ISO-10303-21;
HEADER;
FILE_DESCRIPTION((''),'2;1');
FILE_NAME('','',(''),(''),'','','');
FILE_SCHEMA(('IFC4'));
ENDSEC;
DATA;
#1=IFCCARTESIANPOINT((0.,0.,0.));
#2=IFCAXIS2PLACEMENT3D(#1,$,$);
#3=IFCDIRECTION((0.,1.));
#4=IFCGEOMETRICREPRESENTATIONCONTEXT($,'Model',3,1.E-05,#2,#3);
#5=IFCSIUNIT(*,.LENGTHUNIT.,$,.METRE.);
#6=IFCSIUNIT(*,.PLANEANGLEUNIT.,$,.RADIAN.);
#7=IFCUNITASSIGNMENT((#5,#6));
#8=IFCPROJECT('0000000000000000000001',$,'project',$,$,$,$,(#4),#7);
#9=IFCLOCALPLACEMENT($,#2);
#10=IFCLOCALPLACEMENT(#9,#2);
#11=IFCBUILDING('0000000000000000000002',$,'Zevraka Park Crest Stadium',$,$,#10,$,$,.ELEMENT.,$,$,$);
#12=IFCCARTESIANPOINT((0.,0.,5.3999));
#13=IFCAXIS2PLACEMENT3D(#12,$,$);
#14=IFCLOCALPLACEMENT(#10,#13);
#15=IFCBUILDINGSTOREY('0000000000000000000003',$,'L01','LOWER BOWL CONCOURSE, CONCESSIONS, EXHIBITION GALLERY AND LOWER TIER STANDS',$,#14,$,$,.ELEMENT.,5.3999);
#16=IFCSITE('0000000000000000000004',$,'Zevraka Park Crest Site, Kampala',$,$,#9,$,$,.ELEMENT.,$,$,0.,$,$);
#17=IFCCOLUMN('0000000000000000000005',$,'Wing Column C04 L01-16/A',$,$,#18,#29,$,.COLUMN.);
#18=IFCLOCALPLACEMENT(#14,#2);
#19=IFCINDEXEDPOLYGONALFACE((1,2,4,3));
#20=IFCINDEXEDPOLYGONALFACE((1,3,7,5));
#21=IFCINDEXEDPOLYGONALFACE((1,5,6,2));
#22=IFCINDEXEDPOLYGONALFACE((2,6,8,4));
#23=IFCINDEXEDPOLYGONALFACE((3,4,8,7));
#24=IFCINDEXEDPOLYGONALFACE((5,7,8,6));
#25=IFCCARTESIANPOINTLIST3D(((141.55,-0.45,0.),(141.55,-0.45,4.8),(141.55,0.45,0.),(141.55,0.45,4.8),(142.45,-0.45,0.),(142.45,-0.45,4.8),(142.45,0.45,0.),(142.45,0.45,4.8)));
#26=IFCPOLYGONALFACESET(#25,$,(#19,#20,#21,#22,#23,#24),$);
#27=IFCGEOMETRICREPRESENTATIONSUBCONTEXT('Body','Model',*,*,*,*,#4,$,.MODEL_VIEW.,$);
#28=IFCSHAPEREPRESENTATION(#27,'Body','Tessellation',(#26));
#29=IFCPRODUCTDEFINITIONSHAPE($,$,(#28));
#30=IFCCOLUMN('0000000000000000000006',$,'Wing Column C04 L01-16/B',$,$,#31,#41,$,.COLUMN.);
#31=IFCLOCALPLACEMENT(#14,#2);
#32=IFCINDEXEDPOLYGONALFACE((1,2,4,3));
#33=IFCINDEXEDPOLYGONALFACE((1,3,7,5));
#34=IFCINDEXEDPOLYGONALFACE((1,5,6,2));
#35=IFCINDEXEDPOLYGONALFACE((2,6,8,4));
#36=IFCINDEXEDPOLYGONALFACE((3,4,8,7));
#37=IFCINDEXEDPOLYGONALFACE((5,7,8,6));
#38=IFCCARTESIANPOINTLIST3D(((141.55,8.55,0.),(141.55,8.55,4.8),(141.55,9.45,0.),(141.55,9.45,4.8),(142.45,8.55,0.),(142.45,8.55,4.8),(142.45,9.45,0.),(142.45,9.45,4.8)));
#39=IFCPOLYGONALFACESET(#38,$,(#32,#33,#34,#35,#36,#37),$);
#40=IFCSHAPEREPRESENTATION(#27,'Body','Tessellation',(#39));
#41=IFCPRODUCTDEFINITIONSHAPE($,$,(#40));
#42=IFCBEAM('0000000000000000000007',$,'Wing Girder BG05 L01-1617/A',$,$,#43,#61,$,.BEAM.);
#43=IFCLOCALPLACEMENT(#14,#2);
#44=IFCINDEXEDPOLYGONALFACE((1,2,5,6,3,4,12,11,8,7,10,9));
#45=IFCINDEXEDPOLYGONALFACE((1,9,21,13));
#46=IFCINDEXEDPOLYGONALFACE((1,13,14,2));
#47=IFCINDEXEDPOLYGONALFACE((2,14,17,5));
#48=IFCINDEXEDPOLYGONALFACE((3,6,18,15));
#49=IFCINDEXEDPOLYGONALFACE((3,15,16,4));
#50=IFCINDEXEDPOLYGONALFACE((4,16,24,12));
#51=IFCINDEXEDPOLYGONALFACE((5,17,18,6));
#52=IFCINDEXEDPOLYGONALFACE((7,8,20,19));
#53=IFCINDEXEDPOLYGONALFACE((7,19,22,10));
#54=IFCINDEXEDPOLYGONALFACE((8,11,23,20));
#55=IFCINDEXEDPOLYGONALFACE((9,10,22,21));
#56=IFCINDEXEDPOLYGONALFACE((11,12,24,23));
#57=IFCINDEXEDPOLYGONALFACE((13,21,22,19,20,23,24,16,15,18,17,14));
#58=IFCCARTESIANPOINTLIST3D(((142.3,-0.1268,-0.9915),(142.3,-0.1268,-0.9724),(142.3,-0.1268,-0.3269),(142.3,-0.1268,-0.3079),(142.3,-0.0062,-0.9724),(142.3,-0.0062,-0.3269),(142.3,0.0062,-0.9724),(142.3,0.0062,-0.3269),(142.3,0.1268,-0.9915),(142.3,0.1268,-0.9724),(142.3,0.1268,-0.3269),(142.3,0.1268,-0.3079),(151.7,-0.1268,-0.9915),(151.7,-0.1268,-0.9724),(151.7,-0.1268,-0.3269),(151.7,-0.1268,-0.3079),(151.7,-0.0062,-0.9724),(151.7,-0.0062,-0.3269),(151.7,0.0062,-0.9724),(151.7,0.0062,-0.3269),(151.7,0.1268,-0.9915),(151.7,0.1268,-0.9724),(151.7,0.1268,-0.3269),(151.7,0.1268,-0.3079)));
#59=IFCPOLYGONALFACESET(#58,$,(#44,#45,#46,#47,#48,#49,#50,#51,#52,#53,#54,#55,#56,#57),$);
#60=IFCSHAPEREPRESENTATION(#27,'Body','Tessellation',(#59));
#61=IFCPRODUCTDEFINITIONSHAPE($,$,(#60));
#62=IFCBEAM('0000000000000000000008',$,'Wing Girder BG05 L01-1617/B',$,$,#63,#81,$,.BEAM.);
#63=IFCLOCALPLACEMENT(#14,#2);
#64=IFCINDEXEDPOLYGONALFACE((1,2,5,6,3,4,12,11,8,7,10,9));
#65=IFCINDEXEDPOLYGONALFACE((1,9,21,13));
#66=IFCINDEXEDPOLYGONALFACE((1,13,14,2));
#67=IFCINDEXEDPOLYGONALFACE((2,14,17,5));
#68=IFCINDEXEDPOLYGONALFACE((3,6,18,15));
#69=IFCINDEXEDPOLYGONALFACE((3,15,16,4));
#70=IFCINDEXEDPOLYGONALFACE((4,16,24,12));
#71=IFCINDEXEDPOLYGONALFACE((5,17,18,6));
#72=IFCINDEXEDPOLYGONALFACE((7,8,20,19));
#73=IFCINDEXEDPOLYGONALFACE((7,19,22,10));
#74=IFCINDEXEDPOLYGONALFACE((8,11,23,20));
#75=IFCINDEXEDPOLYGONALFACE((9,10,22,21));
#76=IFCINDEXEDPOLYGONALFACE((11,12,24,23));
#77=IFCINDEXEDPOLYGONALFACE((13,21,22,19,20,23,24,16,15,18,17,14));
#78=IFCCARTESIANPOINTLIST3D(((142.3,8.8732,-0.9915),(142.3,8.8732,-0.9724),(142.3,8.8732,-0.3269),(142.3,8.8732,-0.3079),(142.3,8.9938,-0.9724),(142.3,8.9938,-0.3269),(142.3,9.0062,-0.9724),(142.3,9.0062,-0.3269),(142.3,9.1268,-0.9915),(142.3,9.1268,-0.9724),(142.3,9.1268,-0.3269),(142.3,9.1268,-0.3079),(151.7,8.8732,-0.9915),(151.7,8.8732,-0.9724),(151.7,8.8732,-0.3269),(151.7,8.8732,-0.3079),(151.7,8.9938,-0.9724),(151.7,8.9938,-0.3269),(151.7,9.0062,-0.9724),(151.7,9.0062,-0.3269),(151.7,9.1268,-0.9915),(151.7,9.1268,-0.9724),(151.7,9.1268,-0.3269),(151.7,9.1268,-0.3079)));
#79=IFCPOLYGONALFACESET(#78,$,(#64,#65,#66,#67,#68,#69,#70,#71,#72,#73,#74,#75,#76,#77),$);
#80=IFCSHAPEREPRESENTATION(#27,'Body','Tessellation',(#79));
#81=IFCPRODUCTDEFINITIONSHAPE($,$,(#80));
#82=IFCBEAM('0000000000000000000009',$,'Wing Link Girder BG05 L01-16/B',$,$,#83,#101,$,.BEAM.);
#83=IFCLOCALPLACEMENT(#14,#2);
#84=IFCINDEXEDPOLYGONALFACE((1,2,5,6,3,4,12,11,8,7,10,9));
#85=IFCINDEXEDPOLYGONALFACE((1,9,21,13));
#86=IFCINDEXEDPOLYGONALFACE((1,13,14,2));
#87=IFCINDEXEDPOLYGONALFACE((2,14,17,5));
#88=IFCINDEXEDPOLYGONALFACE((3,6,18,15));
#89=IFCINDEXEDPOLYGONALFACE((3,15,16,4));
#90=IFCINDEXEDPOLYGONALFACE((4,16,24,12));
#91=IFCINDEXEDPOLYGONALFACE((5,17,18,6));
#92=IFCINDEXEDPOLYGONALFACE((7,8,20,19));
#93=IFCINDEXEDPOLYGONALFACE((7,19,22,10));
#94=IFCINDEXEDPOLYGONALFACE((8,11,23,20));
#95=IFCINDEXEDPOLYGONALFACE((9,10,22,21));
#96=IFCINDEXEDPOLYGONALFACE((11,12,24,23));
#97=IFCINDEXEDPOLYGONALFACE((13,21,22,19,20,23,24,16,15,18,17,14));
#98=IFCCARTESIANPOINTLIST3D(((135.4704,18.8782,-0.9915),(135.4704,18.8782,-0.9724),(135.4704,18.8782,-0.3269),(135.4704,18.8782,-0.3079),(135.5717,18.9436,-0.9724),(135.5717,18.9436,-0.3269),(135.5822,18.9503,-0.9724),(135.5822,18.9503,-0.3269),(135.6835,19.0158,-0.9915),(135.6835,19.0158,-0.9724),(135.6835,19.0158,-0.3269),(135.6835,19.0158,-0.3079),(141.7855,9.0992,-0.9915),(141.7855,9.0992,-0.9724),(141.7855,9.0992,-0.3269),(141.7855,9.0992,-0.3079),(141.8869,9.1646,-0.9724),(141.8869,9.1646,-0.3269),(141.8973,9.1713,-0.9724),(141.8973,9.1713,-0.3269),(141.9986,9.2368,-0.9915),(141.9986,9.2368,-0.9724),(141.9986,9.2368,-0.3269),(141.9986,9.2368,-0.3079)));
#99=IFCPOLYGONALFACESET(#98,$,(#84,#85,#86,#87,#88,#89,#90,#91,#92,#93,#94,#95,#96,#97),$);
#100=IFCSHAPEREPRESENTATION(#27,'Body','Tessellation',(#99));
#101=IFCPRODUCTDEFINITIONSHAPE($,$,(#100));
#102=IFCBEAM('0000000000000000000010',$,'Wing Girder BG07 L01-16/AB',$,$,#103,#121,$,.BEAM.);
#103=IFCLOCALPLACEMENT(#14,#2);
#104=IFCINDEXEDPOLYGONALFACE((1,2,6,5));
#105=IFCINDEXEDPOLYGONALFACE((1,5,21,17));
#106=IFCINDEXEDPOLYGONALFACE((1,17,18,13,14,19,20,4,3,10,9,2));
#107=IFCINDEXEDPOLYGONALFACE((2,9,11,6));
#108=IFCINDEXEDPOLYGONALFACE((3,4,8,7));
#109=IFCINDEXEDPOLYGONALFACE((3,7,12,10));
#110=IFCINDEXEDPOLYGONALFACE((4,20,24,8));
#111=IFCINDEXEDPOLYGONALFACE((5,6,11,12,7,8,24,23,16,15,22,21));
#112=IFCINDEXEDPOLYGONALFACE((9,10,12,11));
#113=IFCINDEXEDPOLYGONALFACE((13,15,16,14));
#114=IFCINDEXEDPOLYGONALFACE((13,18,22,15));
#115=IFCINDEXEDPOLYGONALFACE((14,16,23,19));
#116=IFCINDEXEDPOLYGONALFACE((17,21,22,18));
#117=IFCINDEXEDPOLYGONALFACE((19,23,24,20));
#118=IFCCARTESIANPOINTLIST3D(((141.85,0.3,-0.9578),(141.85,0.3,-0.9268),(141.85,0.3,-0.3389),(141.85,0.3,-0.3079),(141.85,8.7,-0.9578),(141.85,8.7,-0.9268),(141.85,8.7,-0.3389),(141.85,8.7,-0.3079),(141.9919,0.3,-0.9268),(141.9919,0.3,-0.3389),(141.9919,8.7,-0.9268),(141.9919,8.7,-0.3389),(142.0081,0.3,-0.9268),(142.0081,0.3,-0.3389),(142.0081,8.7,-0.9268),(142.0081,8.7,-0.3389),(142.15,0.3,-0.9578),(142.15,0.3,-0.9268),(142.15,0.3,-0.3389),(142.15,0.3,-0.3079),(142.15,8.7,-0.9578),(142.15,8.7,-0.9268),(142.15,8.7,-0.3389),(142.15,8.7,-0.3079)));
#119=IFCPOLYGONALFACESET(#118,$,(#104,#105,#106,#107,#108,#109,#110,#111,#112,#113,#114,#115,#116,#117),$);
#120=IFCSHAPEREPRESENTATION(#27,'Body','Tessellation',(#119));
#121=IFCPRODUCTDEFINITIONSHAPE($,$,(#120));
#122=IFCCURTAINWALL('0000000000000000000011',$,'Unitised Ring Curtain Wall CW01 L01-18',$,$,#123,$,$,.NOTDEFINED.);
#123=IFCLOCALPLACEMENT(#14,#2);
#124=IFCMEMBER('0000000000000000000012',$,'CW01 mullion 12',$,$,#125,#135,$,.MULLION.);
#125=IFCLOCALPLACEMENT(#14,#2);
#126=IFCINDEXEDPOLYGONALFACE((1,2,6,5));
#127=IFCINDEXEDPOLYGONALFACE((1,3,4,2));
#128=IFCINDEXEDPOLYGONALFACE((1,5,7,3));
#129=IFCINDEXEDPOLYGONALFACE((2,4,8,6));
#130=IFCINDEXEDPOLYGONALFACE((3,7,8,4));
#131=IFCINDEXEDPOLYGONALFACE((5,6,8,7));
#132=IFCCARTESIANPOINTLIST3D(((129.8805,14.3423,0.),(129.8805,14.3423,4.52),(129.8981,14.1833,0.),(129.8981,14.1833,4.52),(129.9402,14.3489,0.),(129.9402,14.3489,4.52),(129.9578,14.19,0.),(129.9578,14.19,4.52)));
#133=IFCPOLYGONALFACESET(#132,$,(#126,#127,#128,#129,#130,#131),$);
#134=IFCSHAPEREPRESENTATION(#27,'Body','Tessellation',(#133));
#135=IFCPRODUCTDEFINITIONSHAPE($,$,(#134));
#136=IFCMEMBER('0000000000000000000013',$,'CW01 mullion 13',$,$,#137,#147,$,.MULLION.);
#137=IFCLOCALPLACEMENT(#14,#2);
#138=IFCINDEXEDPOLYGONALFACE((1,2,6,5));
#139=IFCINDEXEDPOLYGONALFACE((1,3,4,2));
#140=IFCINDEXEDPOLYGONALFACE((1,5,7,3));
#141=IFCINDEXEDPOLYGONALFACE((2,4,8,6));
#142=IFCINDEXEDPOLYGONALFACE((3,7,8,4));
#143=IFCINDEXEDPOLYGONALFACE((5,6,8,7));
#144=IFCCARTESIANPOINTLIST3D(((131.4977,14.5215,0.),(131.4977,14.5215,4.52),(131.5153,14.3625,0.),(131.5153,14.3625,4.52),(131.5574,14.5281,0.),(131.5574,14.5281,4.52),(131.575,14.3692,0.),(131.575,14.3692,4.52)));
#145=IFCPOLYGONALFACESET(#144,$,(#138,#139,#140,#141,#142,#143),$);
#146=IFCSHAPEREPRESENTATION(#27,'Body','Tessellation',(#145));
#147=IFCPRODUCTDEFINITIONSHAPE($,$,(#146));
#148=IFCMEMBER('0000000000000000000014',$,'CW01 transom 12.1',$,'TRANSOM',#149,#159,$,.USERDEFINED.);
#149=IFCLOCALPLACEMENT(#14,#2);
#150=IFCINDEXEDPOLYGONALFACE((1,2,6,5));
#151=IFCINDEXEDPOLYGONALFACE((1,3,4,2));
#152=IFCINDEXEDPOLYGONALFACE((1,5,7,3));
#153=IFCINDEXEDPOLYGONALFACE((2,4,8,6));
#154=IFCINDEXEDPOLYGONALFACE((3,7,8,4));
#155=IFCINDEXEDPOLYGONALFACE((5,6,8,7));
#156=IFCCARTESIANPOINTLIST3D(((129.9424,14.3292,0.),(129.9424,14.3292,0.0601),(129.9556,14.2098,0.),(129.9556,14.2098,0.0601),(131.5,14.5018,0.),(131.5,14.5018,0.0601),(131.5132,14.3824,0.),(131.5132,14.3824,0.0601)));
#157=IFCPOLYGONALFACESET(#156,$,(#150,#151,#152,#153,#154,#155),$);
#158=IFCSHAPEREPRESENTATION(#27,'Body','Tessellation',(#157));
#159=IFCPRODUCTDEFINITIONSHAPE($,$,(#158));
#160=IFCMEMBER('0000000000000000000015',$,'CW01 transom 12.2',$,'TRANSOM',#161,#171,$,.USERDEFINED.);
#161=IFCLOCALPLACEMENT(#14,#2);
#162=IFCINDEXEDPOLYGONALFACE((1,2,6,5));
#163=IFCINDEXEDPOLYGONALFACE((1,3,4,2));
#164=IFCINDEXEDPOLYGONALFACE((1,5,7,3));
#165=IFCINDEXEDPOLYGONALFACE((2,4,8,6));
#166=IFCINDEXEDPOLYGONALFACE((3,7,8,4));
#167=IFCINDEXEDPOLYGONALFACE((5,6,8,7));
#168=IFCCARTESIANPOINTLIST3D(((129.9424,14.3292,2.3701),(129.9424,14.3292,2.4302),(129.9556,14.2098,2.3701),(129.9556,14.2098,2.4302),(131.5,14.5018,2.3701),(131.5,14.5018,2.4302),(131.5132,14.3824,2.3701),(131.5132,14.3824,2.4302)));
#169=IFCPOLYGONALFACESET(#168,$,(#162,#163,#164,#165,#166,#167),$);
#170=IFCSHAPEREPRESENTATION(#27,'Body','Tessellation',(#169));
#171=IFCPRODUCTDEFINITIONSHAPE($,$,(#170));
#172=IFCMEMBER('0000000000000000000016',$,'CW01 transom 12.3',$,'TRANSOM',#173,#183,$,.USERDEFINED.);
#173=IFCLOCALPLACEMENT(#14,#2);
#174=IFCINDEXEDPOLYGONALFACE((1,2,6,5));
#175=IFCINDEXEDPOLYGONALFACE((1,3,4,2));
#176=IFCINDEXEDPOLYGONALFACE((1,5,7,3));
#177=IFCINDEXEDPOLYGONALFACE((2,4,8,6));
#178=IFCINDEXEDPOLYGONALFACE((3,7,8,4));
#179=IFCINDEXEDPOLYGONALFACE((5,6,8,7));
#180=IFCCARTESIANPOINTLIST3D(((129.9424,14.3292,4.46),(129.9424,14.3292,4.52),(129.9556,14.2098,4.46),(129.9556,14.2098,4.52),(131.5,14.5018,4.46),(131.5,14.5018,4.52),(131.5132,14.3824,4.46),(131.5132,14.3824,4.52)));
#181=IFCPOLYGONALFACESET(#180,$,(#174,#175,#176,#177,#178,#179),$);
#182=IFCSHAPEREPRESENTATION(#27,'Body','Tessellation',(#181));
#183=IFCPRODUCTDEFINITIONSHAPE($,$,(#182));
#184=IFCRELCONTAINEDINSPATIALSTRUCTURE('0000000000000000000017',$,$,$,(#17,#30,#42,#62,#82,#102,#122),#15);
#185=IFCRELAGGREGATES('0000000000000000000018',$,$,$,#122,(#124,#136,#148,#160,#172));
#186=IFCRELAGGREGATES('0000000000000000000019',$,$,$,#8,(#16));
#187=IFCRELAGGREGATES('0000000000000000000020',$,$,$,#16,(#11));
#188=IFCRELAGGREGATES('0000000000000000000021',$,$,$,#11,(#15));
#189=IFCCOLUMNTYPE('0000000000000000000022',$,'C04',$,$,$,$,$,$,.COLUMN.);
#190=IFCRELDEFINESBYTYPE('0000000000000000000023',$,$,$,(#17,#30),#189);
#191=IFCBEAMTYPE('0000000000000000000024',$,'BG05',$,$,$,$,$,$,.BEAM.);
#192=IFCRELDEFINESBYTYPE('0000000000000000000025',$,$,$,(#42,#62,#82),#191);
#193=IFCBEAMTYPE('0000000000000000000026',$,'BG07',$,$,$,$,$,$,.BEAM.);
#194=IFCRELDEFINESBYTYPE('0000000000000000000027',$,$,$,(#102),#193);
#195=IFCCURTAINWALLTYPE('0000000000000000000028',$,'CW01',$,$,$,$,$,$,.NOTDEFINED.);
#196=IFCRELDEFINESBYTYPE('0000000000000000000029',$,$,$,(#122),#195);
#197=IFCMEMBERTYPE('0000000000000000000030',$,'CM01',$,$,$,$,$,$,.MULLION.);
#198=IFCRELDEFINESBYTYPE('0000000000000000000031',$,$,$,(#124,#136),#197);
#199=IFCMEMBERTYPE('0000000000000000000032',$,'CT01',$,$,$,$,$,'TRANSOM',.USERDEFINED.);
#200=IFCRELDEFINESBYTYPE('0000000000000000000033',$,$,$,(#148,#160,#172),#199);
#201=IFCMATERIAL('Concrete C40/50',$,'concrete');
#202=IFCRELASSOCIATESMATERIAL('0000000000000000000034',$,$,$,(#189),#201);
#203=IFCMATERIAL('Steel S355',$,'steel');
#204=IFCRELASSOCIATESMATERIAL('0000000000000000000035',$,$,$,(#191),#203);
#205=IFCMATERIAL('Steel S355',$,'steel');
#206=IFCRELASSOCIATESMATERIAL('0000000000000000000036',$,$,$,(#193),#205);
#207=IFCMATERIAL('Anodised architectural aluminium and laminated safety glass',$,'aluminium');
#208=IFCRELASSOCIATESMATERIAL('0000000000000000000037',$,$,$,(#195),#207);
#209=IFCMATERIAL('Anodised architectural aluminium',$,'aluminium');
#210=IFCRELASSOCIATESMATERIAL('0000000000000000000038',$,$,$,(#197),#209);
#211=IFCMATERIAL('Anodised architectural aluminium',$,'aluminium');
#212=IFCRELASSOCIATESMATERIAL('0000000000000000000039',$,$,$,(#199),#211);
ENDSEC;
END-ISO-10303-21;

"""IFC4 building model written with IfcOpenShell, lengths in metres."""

from ifc_helpers import new_model, si_unit, direction, frame, origin, origin_2d, place, context, subcontext, project, spatial, rectangle, i_section, extrude, material, material_profile, profile_set, type_object, element, aggregate, save


model = new_model("IFC4")

# Units and contexts
model_context = context("Model", 3, precision=1e-05, world=origin(), true_north=direction((0.0, 1.0)))
body_context = subcontext(model_context, "Body", "Model", "MODEL_VIEW")
ifc_project = project(units=[si_unit("LENGTHUNIT", "METRE"), si_unit("PLANEANGLEUNIT", "RADIAN")], contexts=[model_context])

# Site, building, storey
site_placement = place(None, origin())
site = spatial("IfcSite", under=ifc_project, at=site_placement, Name="Zevraka Park Crest Site, Kampala", CompositionType="ELEMENT", RefElevation=0.0)
building_placement = place(site_placement, origin())
building = spatial("IfcBuilding", under=site, at=building_placement, Name="Zevraka Park Crest Stadium", CompositionType="ELEMENT")
storey_placement = place(building_placement, frame((0.0, 0.0, 5.3999)))
storey = spatial("IfcBuildingStorey", under=building, at=storey_placement, Name="L01", Description="LOWER BOWL CONCOURSE, CONCESSIONS, EXHIBITION GALLERY AND LOWER TIER STANDS", CompositionType="ELEMENT", Elevation=5.3999)

# Columns
ifc_material_1 = material(Name="Concrete C40/50", Category="concrete")
ifc_material_profile_1 = material_profile(ifc_material_1, rectangle(XDim=0.8999, YDim=0.8999, at=origin_2d()), Name="RC 900x900")
ifc_profile_set_1 = profile_set([ifc_material_profile_1], Name="Concrete C40/50")
column_type = type_object("IfcColumnType", Name="C04", PredefinedType="COLUMN", material=ifc_profile_set_1)
for number, where, z_axis, x_axis, name in (
    (1, (142.0, 0.0, 0.0), (0.0, 0.0, 1.0), (1.0, 0.0, 0.0), "Wing Column C04 L01-16/A"),
    (2, (142.0, 9.0, 0.0), (0.0, 0.0, 1.0), (1.0, 0.0, 0.0), "Wing Column C04 L01-16/B"),
):
    element("IfcColumn", number, at=place(storey_placement, frame(where, z_axis=z_axis, x_axis=x_axis)), inside=storey, type_object=column_type, Name=name, PredefinedType="COLUMN", context=body_context, shape_type="SweptSolid", body=[
        extrude(rectangle(XDim=0.8999, YDim=0.8999, at=origin_2d()), origin(), (0.0, 0.0, 1.0), 4.8),
    ])

# Beams
ifc_material_2 = material(Name="Steel S355", Category="steel")
ifc_material_profile_2 = material_profile(ifc_material_2, i_section(OverallWidth=0.2537, OverallDepth=0.6836, WebThickness=0.0125, FlangeThickness=0.019, at=origin_2d()), Name="UKB 686x254x140")
ifc_profile_set_2 = profile_set([ifc_material_profile_2], Name="Steel S355")
beam_type_1 = type_object("IfcBeamType", Name="BG05", PredefinedType="BEAM", material=ifc_profile_set_2)
for number, where, z_axis, x_axis, name in (
    (3, (142.3, 0.0, -0.6497), (1.0, 0.0, 0.0), (0.0, 1.0, 0.0), "Wing Girder BG05 L01-1617/A"),
    (4, (142.3, 9.0, -0.6497), (1.0, 0.0, 0.0), (0.0, 1.0, 0.0), "Wing Girder BG05 L01-1617/B"),
):
    element("IfcBeam", number, at=place(storey_placement, frame(where, z_axis=z_axis, x_axis=x_axis)), inside=storey, type_object=beam_type_1, Name=name, PredefinedType="BEAM", context=body_context, shape_type="SweptSolid", body=[
        extrude(i_section(OverallWidth=0.2537, OverallDepth=0.6836, WebThickness=0.0125, FlangeThickness=0.019, at=origin_2d()), origin(), (0.0, 0.0, 1.0), 9.3999),
    ])
beam_1_placement = place(storey_placement, frame((141.8921, 9.168, -0.6497), z_axis=(-0.542498, 0.840057, 0.0), x_axis=(-0.840057, -0.542498, 0.0)))
element("IfcBeam", 5, at=beam_1_placement, inside=storey, type_object=beam_type_1, Name="Wing Link Girder BG05 L01-16/B", PredefinedType="BEAM", context=body_context, shape_type="SweptSolid", body=[
    extrude(i_section(OverallWidth=0.2537, OverallDepth=0.6836, WebThickness=0.0125, FlangeThickness=0.019, at=origin_2d()), origin(), (0.0, 0.0, 1.0), 11.6409),
])
ifc_material_3 = material(Name="Steel S355", Category="steel")
ifc_material_profile_3 = material_profile(ifc_material_3, i_section(OverallWidth=0.3, OverallDepth=0.6499, WebThickness=0.0161, FlangeThickness=0.031, at=origin_2d()), Name="HEB 650")
ifc_profile_set_3 = profile_set([ifc_material_profile_3], Name="Steel S355")
beam_type_2 = type_object("IfcBeamType", Name="BG07", PredefinedType="BEAM", material=ifc_profile_set_3)
beam_2_placement = place(storey_placement, frame((142.0, 0.3, -0.6328), z_axis=(0.0, 1.0, 0.0), x_axis=(-1.0, 0.0, 0.0)))
element("IfcBeam", 6, at=beam_2_placement, inside=storey, type_object=beam_type_2, Name="Wing Girder BG07 L01-16/AB", PredefinedType="BEAM", context=body_context, shape_type="SweptSolid", body=[
    extrude(i_section(OverallWidth=0.3, OverallDepth=0.6499, WebThickness=0.0161, FlangeThickness=0.031, at=origin_2d()), origin(), (0.0, 0.0, 1.0), 8.3999),
])

# Curtain wall, members
ifc_material_4 = material(Name="Anodised architectural aluminium and laminated safety glass", Category="aluminium")
curtain_wall_type = type_object("IfcCurtainWallType", Name="CW01", PredefinedType="NOTDEFINED", material=ifc_material_4)
curtain_wall_placement = place(storey_placement, origin())
curtain_wall = element("IfcCurtainWall", 7, at=curtain_wall_placement, inside=storey, type_object=curtain_wall_type, Name="Unitised Ring Curtain Wall CW01 L01-18", PredefinedType="NOTDEFINED")
ifc_material_5 = material(Name="Anodised architectural aluminium", Category="aluminium")
ifc_material_profile_4 = material_profile(ifc_material_5, rectangle(XDim=0.1599, YDim=0.0601, at=origin_2d()), Name="ALU MULLION 160x60")
ifc_profile_set_4 = profile_set([ifc_material_profile_4], Name="Anodised architectural aluminium")
member_type_1 = type_object("IfcMemberType", Name="CM01", PredefinedType="MULLION", material=ifc_profile_set_4)
member_1_placement = place(storey_placement, frame((129.9192, 14.2661, 0.0), z_axis=(0.0, 0.0, 1.0), x_axis=(-0.110135, 0.993917, 0.0)))
member_1 = element("IfcMember", 8, at=member_1_placement, type_object=member_type_1, Name="CW01 mullion 12", PredefinedType="MULLION", context=body_context, shape_type="SweptSolid", body=[
    extrude(rectangle(XDim=0.1599, YDim=0.0601, at=origin_2d()), origin(), (0.0, 0.0, 1.0), 4.52),
])
member_2_placement = place(storey_placement, frame((131.5364, 14.4453, 0.0), z_axis=(0.0, 0.0, 1.0), x_axis=(-0.110135, 0.993917, 0.0)))
member_2 = element("IfcMember", 9, at=member_2_placement, type_object=member_type_1, Name="CW01 mullion 13", PredefinedType="MULLION", context=body_context, shape_type="SweptSolid", body=[
    extrude(rectangle(XDim=0.1599, YDim=0.0601, at=origin_2d()), origin(), (0.0, 0.0, 1.0), 4.52),
])
ifc_material_6 = material(Name="Anodised architectural aluminium", Category="aluminium")
ifc_material_profile_5 = material_profile(ifc_material_6, rectangle(XDim=0.1201, YDim=0.0601, at=origin_2d()), Name="ALU TRANSOM 120x60")
ifc_profile_set_5 = profile_set([ifc_material_profile_5], Name="Anodised architectural aluminium")
member_type_2 = type_object("IfcMemberType", Name="CT01", ElementType="TRANSOM", PredefinedType="USERDEFINED", material=ifc_profile_set_5)
member_3_placement = place(storey_placement, frame((129.949, 14.2695, 0.03), z_axis=(0.993916, 0.110141, 0.0), x_axis=(-0.110141, 0.993916, 0.0)))
member_3 = element("IfcMember", 10, at=member_3_placement, type_object=member_type_2, Name="CW01 transom 12.1", ObjectType="TRANSOM", PredefinedType="USERDEFINED", context=body_context, shape_type="SweptSolid", body=[
    extrude(rectangle(XDim=0.1201, YDim=0.0601, at=origin_2d()), origin(), (0.0, 0.0, 1.0), 1.5671),
])
member_4_placement = place(storey_placement, frame((129.949, 14.2695, 2.4001), z_axis=(0.993916, 0.110141, 0.0), x_axis=(-0.110141, 0.993916, 0.0)))
member_4 = element("IfcMember", 11, at=member_4_placement, type_object=member_type_2, Name="CW01 transom 12.2", ObjectType="TRANSOM", PredefinedType="USERDEFINED", context=body_context, shape_type="SweptSolid", body=[
    extrude(rectangle(XDim=0.1201, YDim=0.0601, at=origin_2d()), origin(), (0.0, 0.0, 1.0), 1.5671),
])
member_5_placement = place(storey_placement, frame((129.949, 14.2695, 4.49), z_axis=(0.993916, 0.110141, 0.0), x_axis=(-0.110141, 0.993916, 0.0)))
member_5 = element("IfcMember", 12, at=member_5_placement, type_object=member_type_2, Name="CW01 transom 12.3", ObjectType="TRANSOM", PredefinedType="USERDEFINED", context=body_context, shape_type="SweptSolid", body=[
    extrude(rectangle(XDim=0.1201, YDim=0.0601, at=origin_2d()), origin(), (0.0, 0.0, 1.0), 1.5671),
])

aggregate(curtain_wall, [member_1, member_2, member_3, member_4, member_5])

save(model, "model.ifc")
